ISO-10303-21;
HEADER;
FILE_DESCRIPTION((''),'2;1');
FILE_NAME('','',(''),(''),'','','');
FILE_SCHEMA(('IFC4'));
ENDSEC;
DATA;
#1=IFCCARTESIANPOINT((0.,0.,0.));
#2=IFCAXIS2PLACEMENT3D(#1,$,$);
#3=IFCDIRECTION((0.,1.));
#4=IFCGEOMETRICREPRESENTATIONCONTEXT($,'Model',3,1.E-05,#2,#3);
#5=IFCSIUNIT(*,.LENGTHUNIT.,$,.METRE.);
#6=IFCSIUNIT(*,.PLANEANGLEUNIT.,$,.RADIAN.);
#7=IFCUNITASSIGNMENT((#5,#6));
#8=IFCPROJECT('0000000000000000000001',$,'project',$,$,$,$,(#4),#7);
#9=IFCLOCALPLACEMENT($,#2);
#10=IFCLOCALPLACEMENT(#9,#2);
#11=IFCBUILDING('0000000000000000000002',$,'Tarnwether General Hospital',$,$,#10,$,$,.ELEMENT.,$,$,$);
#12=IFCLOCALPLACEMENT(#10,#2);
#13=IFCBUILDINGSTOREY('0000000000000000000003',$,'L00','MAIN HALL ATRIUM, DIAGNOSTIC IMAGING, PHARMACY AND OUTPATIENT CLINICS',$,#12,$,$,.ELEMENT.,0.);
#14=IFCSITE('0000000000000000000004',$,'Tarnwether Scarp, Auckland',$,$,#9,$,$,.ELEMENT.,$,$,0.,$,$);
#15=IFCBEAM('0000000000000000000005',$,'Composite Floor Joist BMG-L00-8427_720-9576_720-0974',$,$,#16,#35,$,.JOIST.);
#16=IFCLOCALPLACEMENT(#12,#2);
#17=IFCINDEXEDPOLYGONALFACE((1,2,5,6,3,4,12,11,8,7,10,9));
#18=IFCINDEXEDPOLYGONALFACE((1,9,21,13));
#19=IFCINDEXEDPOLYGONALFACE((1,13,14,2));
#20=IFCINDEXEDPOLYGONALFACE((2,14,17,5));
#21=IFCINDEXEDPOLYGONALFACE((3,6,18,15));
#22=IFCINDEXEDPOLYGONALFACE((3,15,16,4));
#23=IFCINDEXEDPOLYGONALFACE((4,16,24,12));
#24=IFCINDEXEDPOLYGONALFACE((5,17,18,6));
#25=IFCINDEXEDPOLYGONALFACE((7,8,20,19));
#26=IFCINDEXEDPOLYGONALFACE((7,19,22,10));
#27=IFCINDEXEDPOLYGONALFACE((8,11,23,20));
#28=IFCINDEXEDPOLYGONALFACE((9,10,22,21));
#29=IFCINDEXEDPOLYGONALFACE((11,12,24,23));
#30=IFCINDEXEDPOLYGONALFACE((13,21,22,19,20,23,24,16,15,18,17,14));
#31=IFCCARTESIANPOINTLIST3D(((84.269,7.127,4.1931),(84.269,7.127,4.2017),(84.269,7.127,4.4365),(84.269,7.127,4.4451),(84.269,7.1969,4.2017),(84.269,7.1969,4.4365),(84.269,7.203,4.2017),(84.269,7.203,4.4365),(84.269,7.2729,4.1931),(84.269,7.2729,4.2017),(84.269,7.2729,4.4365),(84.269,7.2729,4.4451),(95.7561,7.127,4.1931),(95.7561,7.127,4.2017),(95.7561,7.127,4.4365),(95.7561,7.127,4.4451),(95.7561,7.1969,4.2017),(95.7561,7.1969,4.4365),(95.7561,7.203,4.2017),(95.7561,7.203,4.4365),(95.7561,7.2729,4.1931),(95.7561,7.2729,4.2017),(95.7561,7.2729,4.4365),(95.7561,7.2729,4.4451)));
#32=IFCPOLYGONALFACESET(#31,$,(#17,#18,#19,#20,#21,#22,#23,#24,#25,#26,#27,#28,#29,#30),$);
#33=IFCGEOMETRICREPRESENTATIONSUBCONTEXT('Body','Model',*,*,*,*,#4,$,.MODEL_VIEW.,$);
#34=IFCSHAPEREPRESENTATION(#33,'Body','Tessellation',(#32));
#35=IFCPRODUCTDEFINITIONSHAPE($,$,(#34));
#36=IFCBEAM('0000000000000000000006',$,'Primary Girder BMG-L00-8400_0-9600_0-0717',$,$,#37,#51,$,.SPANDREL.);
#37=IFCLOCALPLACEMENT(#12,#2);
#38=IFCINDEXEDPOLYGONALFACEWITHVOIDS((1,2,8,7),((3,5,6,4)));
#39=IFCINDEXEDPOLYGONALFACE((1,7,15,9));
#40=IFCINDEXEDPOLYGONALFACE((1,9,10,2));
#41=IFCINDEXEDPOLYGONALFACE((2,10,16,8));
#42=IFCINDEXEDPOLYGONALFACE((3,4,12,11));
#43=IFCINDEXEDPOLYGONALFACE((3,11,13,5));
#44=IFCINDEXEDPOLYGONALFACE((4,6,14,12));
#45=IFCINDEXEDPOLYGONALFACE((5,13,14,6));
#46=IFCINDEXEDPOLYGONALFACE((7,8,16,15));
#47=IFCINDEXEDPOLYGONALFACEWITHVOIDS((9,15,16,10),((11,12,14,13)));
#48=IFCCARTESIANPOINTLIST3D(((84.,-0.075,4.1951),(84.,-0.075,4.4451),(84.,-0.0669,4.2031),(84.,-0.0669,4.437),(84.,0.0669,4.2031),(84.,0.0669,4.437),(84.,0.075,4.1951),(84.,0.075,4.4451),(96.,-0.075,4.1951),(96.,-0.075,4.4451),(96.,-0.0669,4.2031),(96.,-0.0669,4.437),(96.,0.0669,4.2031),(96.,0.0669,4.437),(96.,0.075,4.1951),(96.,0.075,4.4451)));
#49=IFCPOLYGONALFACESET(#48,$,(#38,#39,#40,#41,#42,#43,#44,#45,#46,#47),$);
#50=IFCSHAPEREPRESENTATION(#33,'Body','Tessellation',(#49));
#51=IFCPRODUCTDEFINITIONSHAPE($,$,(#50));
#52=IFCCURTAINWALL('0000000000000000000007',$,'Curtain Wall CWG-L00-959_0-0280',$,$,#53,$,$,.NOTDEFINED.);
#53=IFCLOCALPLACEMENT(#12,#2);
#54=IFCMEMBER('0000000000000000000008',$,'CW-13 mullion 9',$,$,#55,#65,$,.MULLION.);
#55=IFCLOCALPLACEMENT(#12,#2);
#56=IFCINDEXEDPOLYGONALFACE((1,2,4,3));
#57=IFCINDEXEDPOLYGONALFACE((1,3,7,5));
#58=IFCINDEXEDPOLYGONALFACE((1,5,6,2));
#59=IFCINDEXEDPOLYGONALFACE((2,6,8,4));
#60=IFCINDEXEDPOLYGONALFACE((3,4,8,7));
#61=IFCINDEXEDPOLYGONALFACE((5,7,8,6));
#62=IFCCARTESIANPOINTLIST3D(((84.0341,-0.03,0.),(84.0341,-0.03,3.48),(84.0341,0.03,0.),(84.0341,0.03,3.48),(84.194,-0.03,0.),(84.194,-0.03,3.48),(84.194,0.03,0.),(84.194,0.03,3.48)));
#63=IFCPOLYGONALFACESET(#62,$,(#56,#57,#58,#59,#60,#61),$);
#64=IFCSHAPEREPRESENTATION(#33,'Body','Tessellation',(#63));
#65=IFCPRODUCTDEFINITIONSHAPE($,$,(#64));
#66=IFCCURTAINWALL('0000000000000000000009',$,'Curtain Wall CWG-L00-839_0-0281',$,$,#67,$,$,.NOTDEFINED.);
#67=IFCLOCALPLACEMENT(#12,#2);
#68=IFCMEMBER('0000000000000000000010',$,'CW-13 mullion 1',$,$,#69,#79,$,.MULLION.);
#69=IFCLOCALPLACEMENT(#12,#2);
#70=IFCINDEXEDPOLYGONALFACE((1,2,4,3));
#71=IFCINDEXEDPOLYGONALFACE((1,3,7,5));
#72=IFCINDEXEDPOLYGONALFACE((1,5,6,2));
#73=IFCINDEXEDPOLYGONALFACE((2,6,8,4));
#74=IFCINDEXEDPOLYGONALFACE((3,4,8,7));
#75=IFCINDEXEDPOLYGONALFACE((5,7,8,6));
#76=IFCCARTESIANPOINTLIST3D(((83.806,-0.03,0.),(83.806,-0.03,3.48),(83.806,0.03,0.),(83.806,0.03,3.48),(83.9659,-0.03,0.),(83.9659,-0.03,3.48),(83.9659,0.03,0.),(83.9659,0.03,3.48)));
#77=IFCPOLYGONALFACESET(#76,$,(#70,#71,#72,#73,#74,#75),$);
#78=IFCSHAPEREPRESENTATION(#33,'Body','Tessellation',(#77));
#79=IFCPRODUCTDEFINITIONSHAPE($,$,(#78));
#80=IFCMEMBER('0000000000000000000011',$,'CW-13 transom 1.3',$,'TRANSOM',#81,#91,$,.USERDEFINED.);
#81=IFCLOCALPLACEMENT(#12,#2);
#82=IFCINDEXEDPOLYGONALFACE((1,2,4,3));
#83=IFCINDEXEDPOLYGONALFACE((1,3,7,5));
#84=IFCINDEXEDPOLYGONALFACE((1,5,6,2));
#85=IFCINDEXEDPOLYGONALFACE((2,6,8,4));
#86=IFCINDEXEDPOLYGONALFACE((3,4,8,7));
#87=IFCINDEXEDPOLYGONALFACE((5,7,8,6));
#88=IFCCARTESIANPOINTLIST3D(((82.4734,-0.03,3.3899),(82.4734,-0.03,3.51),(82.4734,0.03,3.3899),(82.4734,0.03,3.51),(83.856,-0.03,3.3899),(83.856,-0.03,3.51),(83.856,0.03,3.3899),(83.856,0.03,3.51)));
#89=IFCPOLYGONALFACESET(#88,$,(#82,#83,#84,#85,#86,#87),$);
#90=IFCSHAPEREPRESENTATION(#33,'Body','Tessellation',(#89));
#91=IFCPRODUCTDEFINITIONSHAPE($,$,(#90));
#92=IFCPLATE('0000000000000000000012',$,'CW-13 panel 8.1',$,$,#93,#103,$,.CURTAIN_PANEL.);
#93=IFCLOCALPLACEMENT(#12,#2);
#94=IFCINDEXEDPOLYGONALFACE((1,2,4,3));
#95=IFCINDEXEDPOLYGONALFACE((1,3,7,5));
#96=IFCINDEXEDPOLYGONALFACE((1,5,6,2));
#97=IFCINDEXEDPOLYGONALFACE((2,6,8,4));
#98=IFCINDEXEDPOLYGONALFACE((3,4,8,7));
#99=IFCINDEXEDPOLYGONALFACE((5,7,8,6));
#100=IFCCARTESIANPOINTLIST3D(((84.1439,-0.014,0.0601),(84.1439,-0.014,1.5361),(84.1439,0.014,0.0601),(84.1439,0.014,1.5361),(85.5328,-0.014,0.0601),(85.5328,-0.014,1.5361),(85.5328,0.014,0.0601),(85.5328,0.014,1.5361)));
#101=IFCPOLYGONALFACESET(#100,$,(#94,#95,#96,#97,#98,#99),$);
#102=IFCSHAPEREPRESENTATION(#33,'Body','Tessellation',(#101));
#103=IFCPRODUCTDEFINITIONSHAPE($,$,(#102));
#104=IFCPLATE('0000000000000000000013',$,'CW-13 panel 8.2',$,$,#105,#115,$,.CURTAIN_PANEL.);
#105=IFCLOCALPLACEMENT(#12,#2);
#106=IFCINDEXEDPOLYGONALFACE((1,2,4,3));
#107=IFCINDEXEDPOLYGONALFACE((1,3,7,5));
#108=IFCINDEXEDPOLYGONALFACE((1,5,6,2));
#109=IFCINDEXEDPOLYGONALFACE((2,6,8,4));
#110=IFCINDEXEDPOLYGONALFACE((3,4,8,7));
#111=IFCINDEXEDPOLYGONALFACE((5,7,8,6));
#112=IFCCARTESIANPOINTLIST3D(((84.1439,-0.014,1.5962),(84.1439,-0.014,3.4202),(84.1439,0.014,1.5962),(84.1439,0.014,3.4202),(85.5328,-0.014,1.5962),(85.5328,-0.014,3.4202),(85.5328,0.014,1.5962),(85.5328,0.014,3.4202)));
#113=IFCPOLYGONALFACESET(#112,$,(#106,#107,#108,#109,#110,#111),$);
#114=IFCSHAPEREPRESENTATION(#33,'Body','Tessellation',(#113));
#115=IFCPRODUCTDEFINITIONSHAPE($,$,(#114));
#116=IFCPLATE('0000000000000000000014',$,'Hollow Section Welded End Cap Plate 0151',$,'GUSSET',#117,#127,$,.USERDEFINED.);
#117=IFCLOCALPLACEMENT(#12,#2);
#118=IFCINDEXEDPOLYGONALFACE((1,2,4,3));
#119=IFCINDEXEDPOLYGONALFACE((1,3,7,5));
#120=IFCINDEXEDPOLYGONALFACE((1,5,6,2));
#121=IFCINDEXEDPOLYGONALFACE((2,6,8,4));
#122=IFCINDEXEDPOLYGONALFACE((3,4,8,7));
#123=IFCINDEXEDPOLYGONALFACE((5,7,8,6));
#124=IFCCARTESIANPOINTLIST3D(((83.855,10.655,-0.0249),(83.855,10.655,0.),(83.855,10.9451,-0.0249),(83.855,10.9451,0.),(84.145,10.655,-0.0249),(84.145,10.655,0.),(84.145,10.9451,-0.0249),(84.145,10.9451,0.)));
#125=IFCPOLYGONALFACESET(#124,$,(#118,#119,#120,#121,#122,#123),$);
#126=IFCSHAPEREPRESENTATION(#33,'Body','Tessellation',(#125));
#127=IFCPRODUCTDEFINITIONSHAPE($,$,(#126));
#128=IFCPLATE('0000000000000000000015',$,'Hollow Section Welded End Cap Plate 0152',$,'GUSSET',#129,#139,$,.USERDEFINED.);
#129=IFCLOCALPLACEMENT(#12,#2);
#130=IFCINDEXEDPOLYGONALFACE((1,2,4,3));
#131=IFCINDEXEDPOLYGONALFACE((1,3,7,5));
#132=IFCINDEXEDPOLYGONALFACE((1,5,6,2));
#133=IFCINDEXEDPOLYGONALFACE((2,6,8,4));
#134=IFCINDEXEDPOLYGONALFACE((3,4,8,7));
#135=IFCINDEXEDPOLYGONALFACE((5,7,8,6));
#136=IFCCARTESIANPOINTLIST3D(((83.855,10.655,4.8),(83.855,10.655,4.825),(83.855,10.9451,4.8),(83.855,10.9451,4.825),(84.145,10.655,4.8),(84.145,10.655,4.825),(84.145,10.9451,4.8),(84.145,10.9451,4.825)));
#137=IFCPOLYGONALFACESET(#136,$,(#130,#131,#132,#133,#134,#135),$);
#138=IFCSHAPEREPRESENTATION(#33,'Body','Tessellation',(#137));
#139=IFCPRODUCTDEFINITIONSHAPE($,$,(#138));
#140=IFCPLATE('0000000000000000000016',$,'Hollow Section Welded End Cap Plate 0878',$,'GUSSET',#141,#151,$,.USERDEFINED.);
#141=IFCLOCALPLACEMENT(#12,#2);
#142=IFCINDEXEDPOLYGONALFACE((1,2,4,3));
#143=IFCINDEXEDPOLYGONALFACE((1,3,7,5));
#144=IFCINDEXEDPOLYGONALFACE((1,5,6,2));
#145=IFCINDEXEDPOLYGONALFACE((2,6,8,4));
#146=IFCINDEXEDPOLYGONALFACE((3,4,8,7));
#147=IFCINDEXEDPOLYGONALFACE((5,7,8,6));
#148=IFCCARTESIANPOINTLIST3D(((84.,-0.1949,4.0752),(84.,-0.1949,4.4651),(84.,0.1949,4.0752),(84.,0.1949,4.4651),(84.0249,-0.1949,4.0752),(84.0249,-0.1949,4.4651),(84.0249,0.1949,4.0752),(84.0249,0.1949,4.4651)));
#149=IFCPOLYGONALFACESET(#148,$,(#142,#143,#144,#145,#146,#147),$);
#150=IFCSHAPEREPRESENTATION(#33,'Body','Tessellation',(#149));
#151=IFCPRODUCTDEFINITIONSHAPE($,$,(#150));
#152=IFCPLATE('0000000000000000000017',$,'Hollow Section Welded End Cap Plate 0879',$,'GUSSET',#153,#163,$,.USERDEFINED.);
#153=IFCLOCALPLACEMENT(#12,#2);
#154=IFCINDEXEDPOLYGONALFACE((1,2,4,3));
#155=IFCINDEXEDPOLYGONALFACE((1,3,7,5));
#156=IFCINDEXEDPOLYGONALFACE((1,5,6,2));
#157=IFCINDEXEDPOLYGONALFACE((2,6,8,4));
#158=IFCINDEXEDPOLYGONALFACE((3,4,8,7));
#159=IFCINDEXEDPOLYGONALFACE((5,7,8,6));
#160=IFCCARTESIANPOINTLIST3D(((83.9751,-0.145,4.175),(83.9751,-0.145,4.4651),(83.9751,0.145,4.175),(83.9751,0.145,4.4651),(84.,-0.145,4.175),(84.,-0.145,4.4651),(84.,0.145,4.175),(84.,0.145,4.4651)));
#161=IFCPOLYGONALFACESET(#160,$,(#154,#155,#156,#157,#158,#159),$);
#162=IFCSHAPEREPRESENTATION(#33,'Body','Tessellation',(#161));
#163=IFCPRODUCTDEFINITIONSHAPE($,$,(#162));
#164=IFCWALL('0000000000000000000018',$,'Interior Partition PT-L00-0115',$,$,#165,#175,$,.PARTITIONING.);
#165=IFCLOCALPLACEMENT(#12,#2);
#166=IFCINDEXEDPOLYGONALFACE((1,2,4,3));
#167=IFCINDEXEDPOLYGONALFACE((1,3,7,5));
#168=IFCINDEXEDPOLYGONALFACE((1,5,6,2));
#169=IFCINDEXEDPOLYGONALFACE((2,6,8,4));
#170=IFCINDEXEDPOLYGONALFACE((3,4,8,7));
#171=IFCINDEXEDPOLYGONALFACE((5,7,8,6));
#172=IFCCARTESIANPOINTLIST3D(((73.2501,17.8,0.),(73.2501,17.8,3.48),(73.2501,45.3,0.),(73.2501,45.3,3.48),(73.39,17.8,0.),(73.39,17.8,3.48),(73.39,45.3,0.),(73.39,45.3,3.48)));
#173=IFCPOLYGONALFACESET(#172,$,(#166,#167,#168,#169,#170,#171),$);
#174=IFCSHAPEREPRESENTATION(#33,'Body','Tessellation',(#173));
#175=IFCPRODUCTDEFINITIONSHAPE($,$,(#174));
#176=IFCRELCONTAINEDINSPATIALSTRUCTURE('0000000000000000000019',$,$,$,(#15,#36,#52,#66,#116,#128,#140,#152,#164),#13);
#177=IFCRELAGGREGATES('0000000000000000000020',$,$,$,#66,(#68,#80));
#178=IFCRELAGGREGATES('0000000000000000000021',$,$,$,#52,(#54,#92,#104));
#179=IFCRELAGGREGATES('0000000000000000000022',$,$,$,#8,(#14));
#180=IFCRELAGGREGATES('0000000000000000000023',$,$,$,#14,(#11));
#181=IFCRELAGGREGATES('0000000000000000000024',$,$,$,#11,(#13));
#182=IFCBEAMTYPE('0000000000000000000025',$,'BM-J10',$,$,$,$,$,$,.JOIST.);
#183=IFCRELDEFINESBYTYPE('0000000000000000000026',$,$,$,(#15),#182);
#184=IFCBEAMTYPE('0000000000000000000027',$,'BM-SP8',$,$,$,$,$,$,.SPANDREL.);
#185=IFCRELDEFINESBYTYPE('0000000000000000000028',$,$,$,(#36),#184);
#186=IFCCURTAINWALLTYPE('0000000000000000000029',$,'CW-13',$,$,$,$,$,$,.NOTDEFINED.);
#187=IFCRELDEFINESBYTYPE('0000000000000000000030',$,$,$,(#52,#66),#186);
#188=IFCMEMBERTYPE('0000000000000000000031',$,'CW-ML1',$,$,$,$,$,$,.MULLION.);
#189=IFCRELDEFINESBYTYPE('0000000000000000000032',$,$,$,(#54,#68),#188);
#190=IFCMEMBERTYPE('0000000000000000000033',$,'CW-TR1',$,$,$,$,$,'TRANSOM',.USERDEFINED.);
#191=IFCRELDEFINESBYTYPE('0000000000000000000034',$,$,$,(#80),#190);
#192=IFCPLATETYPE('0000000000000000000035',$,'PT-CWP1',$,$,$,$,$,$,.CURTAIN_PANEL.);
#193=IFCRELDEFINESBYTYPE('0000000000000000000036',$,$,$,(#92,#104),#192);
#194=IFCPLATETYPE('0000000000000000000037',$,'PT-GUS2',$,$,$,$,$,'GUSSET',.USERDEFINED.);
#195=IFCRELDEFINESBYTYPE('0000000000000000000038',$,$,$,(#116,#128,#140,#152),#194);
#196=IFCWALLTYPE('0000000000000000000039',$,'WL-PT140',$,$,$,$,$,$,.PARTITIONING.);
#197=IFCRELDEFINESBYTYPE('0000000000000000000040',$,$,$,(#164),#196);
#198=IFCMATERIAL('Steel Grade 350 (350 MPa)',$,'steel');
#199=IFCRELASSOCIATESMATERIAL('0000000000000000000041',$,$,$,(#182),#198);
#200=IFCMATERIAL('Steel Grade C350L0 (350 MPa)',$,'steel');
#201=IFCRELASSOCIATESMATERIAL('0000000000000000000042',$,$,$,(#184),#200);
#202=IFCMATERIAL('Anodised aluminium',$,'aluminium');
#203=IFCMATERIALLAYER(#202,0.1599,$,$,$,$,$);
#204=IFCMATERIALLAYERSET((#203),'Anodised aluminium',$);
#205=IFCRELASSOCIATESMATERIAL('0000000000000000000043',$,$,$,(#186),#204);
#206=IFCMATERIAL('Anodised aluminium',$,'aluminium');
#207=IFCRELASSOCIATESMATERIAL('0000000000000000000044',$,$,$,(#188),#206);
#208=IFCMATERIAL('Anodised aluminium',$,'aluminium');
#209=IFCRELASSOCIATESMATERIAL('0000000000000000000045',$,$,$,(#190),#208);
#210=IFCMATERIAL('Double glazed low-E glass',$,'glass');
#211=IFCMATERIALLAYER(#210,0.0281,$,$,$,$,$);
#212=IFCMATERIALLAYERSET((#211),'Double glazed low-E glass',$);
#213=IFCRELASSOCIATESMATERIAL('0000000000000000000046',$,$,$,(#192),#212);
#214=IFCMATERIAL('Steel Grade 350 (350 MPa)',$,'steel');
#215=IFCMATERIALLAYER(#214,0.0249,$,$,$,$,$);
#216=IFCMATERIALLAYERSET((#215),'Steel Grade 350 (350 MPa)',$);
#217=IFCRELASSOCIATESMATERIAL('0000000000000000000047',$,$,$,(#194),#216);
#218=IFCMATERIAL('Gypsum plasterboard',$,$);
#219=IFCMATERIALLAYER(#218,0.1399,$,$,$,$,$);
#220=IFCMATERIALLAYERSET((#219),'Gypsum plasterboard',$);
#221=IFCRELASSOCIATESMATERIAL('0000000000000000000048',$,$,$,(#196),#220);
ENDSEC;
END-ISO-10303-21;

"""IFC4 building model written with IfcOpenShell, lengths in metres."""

from ifc_helpers import new_model, si_unit, direction, frame, frame_2d, origin, origin_2d, place, context, subcontext, project, spatial, rectangle, hollow_rectangle, i_section, extrude, material, layer, layer_set, material_profile, profile_set, type_object, element, aggregate, save


model = new_model("IFC4")

# Units and contexts
model_context = context("Model", 3, precision=1e-05, world=origin(), true_north=direction((0.0, 1.0)))
body_context = subcontext(model_context, "Body", "Model", "MODEL_VIEW")
ifc_project = project(units=[si_unit("LENGTHUNIT", "METRE"), si_unit("PLANEANGLEUNIT", "RADIAN")], contexts=[model_context])

# Site, building, storey
site_placement = place(None, origin())
site = spatial("IfcSite", under=ifc_project, at=site_placement, Name="Tarnwether Scarp, Auckland", CompositionType="ELEMENT", RefElevation=0.0)
building_placement = place(site_placement, origin())
building = spatial("IfcBuilding", under=site, at=building_placement, Name="Tarnwether General Hospital", CompositionType="ELEMENT")
storey_placement = place(building_placement, origin())
storey = spatial("IfcBuildingStorey", under=building, at=storey_placement, Name="L00", Description="MAIN HALL ATRIUM, DIAGNOSTIC IMAGING, PHARMACY AND OUTPATIENT CLINICS", CompositionType="ELEMENT", Elevation=0.0)

# Beams
ifc_material_1 = material(Name="Steel Grade 350 (350 MPa)", Category="steel")
ifc_material_profile_1 = material_profile(ifc_material_1, i_section(OverallWidth=0.146, OverallDepth=0.252, WebThickness=0.0061, FlangeThickness=0.0085, at=origin_2d()), Name="250UB31.4")
ifc_profile_set_1 = profile_set([ifc_material_profile_1], Name="Steel Grade 350 (350 MPa)")
beam_type_1 = type_object("IfcBeamType", Name="BM-J10", PredefinedType="JOIST", material=ifc_profile_set_1)
beam_1_placement = place(storey_placement, frame((84.269, 7.2, 4.3191), z_axis=(1.0, 0.0, 0.0), x_axis=(0.0, 1.0, 0.0)))
element("IfcBeam", 1, at=beam_1_placement, inside=storey, type_object=beam_type_1, Name="Composite Floor Joist BMG-L00-8427_720-9576_720-0974", PredefinedType="JOIST", context=body_context, shape_type="SweptSolid", body=[
    extrude(i_section(OverallWidth=0.146, OverallDepth=0.252, WebThickness=0.0061, FlangeThickness=0.0085, at=origin_2d()), origin(), (0.0, 0.0, 1.0), 11.4871),
])
ifc_material_2 = material(Name="Steel Grade C350L0 (350 MPa)", Category="steel")
ifc_material_profile_2 = material_profile(ifc_material_2, hollow_rectangle(XDim=0.1499, YDim=0.25, WallThickness=0.0081, at=origin_2d()), Name="RHS250x150x8")
ifc_profile_set_2 = profile_set([ifc_material_profile_2], Name="Steel Grade C350L0 (350 MPa)")
beam_type_2 = type_object("IfcBeamType", Name="BM-SP8", PredefinedType="SPANDREL", material=ifc_profile_set_2)
beam_2_placement = place(storey_placement, frame((84.0, 0.0, 4.3201), z_axis=(1.0, 0.0, 0.0), x_axis=(0.0, 1.0, 0.0)))
element("IfcBeam", 2, at=beam_2_placement, inside=storey, type_object=beam_type_2, Name="Primary Girder BMG-L00-8400_0-9600_0-0717", PredefinedType="SPANDREL", context=body_context, shape_type="SweptSolid", body=[
    extrude(hollow_rectangle(XDim=0.1499, YDim=0.25, WallThickness=0.0081, at=origin_2d()), origin(), (0.0, 0.0, 1.0), 12.0),
])

# Curtain wall, member
ifc_material_3 = material(Name="Anodised aluminium", Category="aluminium")
ifc_layer_1 = layer(ifc_material_3, 0.1599)
ifc_layer_set_1 = layer_set([ifc_layer_1], Name="Anodised aluminium")
curtain_wall_type = type_object("IfcCurtainWallType", Name="CW-13", PredefinedType="NOTDEFINED", material=ifc_layer_set_1)
curtain_wall_1_placement = place(storey_placement, origin())
curtain_wall_1 = element("IfcCurtainWall", 3, at=curtain_wall_1_placement, inside=storey, type_object=curtain_wall_type, Name="Curtain Wall CWG-L00-959_0-0280", PredefinedType="NOTDEFINED")
ifc_material_4 = material(Name="Anodised aluminium", Category="aluminium")
ifc_material_profile_3 = material_profile(ifc_material_4, rectangle(XDim=0.0601, YDim=0.1599, at=origin_2d()), Name="ALU-MUL-60x160")
ifc_profile_set_3 = profile_set([ifc_material_profile_3], Name="Anodised aluminium")
member_type_1 = type_object("IfcMemberType", Name="CW-ML1", PredefinedType="MULLION", material=ifc_profile_set_3)
member_1_placement = place(storey_placement, frame((84.114, 0.0, 0.0), z_axis=(0.0, 0.0, 1.0), x_axis=(0.0, -1.0, 0.0)))
member_1 = element("IfcMember", 4, at=member_1_placement, type_object=member_type_1, Name="CW-13 mullion 9", PredefinedType="MULLION", context=body_context, shape_type="SweptSolid", body=[
    extrude(rectangle(XDim=0.0601, YDim=0.1599, at=origin_2d()), origin(), (0.0, 0.0, 1.0), 3.48),
])

# Curtain wall, members
curtain_wall_2_placement = place(storey_placement, origin())
curtain_wall_2 = element("IfcCurtainWall", 5, at=curtain_wall_2_placement, inside=storey, type_object=curtain_wall_type, Name="Curtain Wall CWG-L00-839_0-0281", PredefinedType="NOTDEFINED")
member_2_placement = place(storey_placement, frame((83.886, 0.0, 0.0), z_axis=(0.0, 0.0, 1.0), x_axis=(0.0, -1.0, 0.0)))
member_2 = element("IfcMember", 6, at=member_2_placement, type_object=member_type_1, Name="CW-13 mullion 1", PredefinedType="MULLION", context=body_context, shape_type="SweptSolid", body=[
    extrude(rectangle(XDim=0.0601, YDim=0.1599, at=origin_2d()), origin(), (0.0, 0.0, 1.0), 3.48),
])
ifc_material_5 = material(Name="Anodised aluminium", Category="aluminium")
ifc_material_profile_4 = material_profile(ifc_material_5, rectangle(XDim=0.0601, YDim=0.1201, at=origin_2d()), Name="ALU-TRN-60x120")
ifc_profile_set_4 = profile_set([ifc_material_profile_4], Name="Anodised aluminium")
member_type_2 = type_object("IfcMemberType", Name="CW-TR1", ElementType="TRANSOM", PredefinedType="USERDEFINED", material=ifc_profile_set_4)
member_3_placement = place(storey_placement, frame((83.856, 0.0, 3.45), z_axis=(-1.0, 0.0, 0.0), x_axis=(0.0, -1.0, 0.0)))
member_3 = element("IfcMember", 7, at=member_3_placement, type_object=member_type_2, Name="CW-13 transom 1.3", ObjectType="TRANSOM", PredefinedType="USERDEFINED", context=body_context, shape_type="SweptSolid", body=[
    extrude(rectangle(XDim=0.0601, YDim=0.1201, at=origin_2d()), origin(), (0.0, 0.0, 1.0), 1.3826),
])
aggregate(curtain_wall_2, [member_2, member_3])

# Plates
ifc_material_6 = material(Name="Double glazed low-E glass", Category="glass")
ifc_layer_2 = layer(ifc_material_6, 0.0281)
ifc_layer_set_2 = layer_set([ifc_layer_2], Name="Double glazed low-E glass")
plate_type_1 = type_object("IfcPlateType", Name="PT-CWP1", PredefinedType="CURTAIN_PANEL", material=ifc_layer_set_2)
plate_1_placement = place(storey_placement, frame((84.8384, 0.0, 0.0601), z_axis=(0.0, 0.0, 1.0), x_axis=(-1.0, 0.0, 0.0)))
plate_1 = element("IfcPlate", 8, at=plate_1_placement, type_object=plate_type_1, Name="CW-13 panel 8.1", PredefinedType="CURTAIN_PANEL", context=body_context, shape_type="SweptSolid", body=[
    extrude(rectangle(XDim=1.3889, YDim=0.0281, at=origin_2d()), origin(), (0.0, 0.0, 1.0), 1.4761),
])
plate_2_placement = place(storey_placement, frame((84.8384, 0.0, 1.5962), z_axis=(0.0, 0.0, 1.0), x_axis=(-1.0, 0.0, 0.0)))
plate_2 = element("IfcPlate", 9, at=plate_2_placement, type_object=plate_type_1, Name="CW-13 panel 8.2", PredefinedType="CURTAIN_PANEL", context=body_context, shape_type="SweptSolid", body=[
    extrude(rectangle(XDim=1.3889, YDim=0.0281, at=origin_2d()), origin(), (0.0, 0.0, 1.0), 1.824),
])
aggregate(curtain_wall_1, [member_1, plate_1, plate_2])

# Plates
ifc_material_7 = material(Name="Steel Grade 350 (350 MPa)", Category="steel")
ifc_layer_3 = layer(ifc_material_7, 0.0249)
ifc_layer_set_3 = layer_set([ifc_layer_3], Name="Steel Grade 350 (350 MPa)")
plate_type_2 = type_object("IfcPlateType", Name="PT-GUS2", ElementType="GUSSET", PredefinedType="USERDEFINED", material=ifc_layer_set_3)
for number, where, z_axis, x_axis, name in (
    (10, (84.0, 10.8, -0.0249), (0.0, 0.0, 1.0), (1.0, 0.0, 0.0), "Hollow Section Welded End Cap Plate 0151"),
    (11, (84.0, 10.8, 4.8), (0.0, 0.0, 1.0), (1.0, 0.0, 0.0), "Hollow Section Welded End Cap Plate 0152"),
):
    element("IfcPlate", number, at=place(storey_placement, frame(where, z_axis=z_axis, x_axis=x_axis)), inside=storey, type_object=plate_type_2, Name=name, ObjectType="GUSSET", PredefinedType="USERDEFINED", context=body_context, shape_type="SweptSolid", body=[
        extrude(rectangle(XDim=0.29, YDim=0.29, at=origin_2d()), origin(), (0.0, 0.0, 1.0), 0.0249),
    ])
plate_3_placement = place(storey_placement, frame((84.0125, 0.0, 4.0752), z_axis=(0.0, 0.0, 1.0), x_axis=(1.0, 0.0, 0.0)))
element("IfcPlate", 12, at=plate_3_placement, inside=storey, type_object=plate_type_2, Name="Hollow Section Welded End Cap Plate 0878", ObjectType="GUSSET", PredefinedType="USERDEFINED", context=body_context, shape_type="SweptSolid", body=[
    extrude(rectangle(XDim=0.0249, YDim=0.3899, at=origin_2d()), origin(), (0.0, 0.0, 1.0), 0.3899),
])
plate_4_placement = place(storey_placement, frame((83.9875, 0.0, 4.175), z_axis=(0.0, 0.0, 1.0), x_axis=(1.0, 0.0, 0.0)))
element("IfcPlate", 13, at=plate_4_placement, inside=storey, type_object=plate_type_2, Name="Hollow Section Welded End Cap Plate 0879", ObjectType="GUSSET", PredefinedType="USERDEFINED", context=body_context, shape_type="SweptSolid", body=[
    extrude(rectangle(XDim=0.0249, YDim=0.29, at=origin_2d()), origin(), (0.0, 0.0, 1.0), 0.29),
])

# Wall
ifc_material_8 = material(Name="Gypsum plasterboard")
ifc_layer_4 = layer(ifc_material_8, 0.1399)
ifc_layer_set_4 = layer_set([ifc_layer_4], Name="Gypsum plasterboard")
wall_type_1 = type_object("IfcWallType", Name="WL-PT140", PredefinedType="PARTITIONING", material=ifc_layer_set_4)
wall_1_placement = place(storey_placement, frame((73.3201, 17.8, 0.0), z_axis=(0.0, 0.0, 1.0), x_axis=(0.0, 1.0, 0.0)))
element("IfcWall", 14, at=wall_1_placement, inside=storey, type_object=wall_type_1, Name="Interior Partition PT-L00-0115", PredefinedType="PARTITIONING", context=body_context, shape_type="SweptSolid", body=[
    extrude(rectangle(XDim=27.5, YDim=0.1399, at=frame_2d((13.75, 0.0))), origin(), (0.0, 0.0, 1.0), 3.48),
])

save(model, "model.ifc")
